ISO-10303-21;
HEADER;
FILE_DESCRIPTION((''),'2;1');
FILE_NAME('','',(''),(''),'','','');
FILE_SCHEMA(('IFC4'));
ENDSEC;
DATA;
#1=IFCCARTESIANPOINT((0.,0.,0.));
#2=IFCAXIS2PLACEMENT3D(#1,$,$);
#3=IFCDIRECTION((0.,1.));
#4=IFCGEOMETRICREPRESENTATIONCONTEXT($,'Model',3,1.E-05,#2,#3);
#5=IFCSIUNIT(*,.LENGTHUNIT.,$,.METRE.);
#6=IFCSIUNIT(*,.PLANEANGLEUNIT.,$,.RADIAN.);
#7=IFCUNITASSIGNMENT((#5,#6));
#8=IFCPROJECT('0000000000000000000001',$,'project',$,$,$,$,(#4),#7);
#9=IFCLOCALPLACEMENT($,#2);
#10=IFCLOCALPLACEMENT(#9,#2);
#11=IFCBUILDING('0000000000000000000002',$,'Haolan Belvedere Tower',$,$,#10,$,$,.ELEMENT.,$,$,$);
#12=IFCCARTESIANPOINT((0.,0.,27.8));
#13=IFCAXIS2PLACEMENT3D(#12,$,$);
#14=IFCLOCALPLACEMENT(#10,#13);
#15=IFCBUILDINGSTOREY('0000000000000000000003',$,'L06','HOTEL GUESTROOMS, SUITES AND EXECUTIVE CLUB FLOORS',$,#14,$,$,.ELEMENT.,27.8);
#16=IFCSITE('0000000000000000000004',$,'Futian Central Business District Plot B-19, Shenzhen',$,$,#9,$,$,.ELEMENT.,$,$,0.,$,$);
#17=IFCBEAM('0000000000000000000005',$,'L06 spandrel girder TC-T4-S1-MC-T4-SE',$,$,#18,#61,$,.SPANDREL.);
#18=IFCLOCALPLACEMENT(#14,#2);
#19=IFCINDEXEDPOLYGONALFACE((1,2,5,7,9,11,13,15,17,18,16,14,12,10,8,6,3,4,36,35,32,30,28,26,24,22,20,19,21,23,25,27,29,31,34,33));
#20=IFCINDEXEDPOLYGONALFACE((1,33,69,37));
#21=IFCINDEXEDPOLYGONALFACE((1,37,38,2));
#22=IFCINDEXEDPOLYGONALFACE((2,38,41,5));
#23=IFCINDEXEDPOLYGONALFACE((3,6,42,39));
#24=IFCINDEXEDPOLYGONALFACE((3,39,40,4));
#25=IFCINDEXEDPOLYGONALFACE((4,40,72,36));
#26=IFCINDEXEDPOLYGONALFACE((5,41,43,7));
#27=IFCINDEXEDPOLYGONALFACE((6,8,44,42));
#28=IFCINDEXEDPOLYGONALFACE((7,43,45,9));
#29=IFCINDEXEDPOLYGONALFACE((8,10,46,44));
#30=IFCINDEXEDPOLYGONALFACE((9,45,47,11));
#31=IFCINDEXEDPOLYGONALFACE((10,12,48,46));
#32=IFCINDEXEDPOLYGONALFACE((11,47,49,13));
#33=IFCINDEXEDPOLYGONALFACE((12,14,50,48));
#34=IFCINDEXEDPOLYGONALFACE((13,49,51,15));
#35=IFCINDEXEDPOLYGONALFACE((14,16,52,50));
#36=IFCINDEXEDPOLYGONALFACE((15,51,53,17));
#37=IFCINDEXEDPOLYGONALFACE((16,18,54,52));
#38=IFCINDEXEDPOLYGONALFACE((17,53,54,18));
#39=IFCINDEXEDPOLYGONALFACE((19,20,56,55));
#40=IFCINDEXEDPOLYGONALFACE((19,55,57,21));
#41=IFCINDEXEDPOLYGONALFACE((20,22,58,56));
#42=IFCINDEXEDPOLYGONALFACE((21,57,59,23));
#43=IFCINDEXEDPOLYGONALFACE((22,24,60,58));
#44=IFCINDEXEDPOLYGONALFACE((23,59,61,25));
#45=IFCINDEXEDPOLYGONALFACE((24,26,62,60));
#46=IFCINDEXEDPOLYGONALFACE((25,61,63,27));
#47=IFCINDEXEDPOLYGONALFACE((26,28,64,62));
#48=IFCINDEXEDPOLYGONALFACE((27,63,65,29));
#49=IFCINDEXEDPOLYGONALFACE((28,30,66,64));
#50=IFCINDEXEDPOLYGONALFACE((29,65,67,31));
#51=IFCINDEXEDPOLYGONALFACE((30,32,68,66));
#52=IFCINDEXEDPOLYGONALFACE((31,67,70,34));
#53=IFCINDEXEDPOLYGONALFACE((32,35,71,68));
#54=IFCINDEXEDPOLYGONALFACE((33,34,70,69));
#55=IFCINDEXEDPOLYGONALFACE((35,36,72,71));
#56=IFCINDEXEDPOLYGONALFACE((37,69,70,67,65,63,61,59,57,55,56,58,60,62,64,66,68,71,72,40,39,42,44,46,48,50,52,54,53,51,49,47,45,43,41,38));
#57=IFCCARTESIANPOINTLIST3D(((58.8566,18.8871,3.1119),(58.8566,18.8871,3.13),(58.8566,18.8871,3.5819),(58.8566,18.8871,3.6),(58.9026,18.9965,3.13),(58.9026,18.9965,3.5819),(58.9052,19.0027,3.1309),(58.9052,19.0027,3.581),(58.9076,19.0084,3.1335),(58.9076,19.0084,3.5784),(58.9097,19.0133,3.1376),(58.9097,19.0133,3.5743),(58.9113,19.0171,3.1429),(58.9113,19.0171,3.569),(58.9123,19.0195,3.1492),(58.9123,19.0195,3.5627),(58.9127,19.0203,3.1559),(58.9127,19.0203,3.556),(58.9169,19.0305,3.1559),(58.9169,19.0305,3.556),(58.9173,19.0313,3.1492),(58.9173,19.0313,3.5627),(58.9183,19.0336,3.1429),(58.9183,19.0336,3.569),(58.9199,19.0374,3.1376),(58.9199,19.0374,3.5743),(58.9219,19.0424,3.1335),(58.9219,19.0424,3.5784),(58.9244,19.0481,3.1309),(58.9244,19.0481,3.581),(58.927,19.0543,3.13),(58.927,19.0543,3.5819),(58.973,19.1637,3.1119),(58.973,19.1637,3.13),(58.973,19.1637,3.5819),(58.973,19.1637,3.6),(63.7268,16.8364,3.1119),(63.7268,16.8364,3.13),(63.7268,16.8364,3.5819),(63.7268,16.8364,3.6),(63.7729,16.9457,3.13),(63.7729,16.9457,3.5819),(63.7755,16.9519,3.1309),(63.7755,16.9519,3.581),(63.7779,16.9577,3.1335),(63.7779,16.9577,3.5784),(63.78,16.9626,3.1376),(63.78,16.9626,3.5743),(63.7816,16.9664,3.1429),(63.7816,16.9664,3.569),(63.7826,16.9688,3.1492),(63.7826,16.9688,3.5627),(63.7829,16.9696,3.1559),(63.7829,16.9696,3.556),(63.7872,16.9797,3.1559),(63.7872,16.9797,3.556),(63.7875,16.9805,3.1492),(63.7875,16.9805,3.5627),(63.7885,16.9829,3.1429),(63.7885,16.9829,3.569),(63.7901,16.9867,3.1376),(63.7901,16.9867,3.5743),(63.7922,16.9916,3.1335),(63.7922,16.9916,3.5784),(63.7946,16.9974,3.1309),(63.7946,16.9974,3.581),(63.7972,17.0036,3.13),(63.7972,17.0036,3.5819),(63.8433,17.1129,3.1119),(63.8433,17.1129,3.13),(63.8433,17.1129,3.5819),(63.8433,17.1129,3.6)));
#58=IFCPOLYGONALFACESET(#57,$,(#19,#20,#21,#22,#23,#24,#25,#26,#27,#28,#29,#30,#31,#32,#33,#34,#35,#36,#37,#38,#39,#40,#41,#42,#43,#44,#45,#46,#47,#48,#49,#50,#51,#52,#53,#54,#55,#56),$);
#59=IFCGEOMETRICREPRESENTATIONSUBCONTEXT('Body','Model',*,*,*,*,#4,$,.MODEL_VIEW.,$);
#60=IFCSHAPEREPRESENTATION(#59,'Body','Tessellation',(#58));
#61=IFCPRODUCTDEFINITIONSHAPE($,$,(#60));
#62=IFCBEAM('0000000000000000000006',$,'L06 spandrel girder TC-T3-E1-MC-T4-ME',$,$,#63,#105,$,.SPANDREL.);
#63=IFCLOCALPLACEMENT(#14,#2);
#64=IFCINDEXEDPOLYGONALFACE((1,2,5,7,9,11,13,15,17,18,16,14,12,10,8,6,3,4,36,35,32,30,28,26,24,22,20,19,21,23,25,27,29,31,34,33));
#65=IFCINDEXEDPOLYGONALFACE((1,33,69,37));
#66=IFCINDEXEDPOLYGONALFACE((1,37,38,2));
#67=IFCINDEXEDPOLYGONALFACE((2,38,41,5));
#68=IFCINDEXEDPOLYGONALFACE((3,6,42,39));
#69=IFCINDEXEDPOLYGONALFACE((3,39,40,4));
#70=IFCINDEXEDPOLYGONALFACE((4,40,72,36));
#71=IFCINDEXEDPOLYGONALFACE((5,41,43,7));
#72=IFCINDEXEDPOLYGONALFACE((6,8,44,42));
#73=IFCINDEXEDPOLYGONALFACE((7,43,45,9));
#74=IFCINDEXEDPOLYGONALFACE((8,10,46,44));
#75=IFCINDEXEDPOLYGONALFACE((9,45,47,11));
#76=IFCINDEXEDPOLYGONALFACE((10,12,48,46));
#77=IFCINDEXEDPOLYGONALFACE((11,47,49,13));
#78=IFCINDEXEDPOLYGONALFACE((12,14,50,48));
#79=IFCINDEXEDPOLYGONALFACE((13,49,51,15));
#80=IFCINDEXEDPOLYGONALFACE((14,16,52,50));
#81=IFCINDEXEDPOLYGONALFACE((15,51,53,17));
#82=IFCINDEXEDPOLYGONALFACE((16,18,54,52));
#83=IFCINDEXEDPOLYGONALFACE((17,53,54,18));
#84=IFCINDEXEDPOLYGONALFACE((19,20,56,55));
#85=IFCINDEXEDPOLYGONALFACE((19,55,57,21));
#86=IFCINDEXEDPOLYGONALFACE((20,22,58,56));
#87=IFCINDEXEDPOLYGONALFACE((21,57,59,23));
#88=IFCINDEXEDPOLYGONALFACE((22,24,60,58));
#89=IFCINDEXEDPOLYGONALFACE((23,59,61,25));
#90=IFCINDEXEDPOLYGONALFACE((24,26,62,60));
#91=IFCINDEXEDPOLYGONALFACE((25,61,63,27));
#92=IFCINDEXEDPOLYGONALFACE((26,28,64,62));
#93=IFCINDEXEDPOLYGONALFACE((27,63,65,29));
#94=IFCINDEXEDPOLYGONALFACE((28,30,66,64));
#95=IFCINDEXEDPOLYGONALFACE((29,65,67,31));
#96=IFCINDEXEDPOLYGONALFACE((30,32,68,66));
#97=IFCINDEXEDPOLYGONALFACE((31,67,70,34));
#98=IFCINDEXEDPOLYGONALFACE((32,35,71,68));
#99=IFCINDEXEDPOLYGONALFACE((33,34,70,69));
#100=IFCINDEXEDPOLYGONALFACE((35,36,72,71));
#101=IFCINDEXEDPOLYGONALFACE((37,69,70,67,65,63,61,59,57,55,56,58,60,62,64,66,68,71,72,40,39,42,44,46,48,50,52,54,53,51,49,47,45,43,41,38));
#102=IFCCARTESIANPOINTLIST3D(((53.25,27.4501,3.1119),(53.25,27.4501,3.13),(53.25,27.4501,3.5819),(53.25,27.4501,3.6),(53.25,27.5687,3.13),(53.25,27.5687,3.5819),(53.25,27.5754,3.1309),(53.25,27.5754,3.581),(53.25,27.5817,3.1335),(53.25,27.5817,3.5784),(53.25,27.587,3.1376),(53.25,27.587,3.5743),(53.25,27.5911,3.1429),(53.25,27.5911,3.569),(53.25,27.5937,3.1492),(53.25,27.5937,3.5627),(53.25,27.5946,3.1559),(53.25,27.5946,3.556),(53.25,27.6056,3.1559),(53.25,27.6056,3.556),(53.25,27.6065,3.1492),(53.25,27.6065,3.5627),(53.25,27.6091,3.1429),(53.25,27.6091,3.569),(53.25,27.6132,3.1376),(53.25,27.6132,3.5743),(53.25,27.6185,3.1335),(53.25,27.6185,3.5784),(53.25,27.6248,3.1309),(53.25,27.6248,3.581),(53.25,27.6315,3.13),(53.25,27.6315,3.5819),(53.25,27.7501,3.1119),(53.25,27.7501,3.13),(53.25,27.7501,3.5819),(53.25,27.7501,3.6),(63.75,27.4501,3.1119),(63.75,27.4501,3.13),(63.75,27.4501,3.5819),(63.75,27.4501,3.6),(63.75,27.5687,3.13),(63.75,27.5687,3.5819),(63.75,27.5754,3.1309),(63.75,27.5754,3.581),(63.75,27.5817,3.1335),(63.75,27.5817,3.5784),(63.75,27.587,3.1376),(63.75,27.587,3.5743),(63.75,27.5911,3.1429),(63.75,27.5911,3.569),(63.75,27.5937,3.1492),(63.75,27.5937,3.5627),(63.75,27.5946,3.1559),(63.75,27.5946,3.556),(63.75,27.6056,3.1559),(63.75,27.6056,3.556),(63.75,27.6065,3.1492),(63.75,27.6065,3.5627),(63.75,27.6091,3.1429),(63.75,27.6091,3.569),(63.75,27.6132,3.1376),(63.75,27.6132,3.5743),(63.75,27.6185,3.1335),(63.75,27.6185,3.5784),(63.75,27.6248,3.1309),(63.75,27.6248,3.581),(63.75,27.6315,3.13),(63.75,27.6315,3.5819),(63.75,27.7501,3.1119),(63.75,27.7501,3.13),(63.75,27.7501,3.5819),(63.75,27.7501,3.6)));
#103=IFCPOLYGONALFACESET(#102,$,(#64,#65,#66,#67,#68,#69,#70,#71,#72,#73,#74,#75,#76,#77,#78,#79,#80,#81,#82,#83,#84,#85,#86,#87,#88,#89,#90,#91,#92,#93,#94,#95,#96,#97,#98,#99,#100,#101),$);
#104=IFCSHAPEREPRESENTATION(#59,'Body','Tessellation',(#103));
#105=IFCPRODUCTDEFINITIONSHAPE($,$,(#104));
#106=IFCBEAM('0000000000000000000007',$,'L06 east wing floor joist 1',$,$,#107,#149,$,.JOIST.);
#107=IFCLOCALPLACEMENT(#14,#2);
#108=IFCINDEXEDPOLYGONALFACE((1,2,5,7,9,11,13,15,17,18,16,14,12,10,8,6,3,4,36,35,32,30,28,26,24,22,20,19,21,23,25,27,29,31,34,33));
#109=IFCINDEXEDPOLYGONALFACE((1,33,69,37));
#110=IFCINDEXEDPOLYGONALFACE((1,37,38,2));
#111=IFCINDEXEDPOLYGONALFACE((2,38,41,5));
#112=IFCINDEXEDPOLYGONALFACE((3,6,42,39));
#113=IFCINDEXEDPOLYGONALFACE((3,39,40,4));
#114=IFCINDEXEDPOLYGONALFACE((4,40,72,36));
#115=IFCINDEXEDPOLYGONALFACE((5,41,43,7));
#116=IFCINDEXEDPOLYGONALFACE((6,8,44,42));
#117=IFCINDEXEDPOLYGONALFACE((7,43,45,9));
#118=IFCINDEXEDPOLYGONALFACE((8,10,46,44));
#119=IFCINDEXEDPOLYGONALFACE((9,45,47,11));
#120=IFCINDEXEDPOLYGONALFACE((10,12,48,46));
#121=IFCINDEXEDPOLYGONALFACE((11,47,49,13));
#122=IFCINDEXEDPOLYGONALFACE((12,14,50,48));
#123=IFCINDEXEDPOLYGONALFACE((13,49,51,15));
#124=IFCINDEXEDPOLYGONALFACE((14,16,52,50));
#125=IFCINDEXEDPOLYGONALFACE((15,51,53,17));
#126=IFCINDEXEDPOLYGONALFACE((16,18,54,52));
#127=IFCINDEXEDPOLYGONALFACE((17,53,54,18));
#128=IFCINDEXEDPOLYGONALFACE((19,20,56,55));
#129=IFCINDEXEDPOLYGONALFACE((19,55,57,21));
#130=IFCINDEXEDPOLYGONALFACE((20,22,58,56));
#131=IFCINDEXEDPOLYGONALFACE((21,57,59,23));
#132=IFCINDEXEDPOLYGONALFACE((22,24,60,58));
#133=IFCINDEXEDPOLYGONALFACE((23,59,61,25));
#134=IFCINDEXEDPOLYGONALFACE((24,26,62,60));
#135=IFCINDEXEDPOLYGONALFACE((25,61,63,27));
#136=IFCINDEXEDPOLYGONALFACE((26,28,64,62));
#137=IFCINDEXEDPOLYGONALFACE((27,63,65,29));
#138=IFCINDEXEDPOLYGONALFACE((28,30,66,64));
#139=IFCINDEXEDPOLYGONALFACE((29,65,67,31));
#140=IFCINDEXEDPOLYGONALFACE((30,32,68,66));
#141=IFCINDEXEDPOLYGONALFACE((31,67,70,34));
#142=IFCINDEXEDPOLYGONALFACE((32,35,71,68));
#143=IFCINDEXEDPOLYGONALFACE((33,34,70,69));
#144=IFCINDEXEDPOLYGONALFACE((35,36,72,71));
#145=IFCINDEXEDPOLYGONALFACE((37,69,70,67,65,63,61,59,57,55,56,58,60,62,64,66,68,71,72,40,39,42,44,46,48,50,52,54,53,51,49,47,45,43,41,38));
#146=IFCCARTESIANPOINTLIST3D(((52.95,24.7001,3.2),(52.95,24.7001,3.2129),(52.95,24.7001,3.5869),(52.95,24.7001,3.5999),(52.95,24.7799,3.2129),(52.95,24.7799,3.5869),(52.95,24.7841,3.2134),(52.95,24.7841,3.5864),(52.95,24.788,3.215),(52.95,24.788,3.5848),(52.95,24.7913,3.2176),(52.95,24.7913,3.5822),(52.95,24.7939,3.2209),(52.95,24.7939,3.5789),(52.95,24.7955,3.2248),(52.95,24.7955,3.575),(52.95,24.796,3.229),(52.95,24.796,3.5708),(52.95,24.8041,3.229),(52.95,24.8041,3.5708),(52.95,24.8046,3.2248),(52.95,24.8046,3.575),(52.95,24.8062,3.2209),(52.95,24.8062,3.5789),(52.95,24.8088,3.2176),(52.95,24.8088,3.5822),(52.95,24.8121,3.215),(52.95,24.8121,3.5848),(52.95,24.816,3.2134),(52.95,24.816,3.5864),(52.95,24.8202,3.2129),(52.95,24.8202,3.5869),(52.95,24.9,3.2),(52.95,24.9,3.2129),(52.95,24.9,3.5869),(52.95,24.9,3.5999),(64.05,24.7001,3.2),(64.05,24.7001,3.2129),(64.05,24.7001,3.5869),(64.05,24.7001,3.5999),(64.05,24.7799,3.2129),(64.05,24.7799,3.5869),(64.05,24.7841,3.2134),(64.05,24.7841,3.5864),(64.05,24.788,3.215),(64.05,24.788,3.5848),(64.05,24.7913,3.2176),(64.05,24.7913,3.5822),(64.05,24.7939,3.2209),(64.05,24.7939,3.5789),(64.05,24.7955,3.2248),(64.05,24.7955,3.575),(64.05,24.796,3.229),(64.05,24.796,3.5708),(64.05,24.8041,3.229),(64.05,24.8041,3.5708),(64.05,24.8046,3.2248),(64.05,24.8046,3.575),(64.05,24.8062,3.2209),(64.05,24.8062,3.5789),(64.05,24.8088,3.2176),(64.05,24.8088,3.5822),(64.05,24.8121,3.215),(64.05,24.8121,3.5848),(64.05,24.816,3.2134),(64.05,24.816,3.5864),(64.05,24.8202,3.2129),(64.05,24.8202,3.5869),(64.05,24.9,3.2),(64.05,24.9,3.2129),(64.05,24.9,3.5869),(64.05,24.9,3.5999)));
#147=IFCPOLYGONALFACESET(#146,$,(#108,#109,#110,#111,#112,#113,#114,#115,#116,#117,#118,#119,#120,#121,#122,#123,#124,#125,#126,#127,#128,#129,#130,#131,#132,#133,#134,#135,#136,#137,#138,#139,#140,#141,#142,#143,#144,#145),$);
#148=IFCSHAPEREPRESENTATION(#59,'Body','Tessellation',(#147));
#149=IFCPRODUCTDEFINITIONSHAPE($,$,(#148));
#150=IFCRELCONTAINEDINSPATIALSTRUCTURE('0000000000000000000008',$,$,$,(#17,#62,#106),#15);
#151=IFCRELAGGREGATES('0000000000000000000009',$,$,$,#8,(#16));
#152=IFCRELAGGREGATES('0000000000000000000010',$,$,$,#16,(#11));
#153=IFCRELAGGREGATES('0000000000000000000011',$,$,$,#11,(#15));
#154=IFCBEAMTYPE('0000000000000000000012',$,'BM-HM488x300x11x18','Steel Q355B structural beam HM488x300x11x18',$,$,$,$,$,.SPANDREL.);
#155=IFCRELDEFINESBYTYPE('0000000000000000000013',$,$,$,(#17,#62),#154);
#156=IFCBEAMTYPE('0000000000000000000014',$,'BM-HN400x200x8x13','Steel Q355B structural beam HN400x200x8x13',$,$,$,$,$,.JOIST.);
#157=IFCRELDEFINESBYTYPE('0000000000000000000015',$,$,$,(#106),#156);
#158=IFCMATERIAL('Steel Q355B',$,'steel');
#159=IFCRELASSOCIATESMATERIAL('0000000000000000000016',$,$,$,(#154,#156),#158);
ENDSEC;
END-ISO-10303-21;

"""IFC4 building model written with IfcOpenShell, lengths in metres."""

from ifc_helpers import new_model, si_unit, direction, frame, origin, origin_2d, place, context, subcontext, project, spatial, i_section, extrude, material, material_profile, profile_set, type_object, element, save


model = new_model("IFC4")

# Units and contexts
model_context = context("Model", 3, precision=1e-05, world=origin(), true_north=direction((0.0, 1.0)))
body_context = subcontext(model_context, "Body", "Model", "MODEL_VIEW")
ifc_project = project(units=[si_unit("LENGTHUNIT", "METRE"), si_unit("PLANEANGLEUNIT", "RADIAN")], contexts=[model_context])

# Site, building, storey
site_placement = place(None, origin())
site = spatial("IfcSite", under=ifc_project, at=site_placement, Name="Futian Central Business District Plot B-19, Shenzhen", CompositionType="ELEMENT", RefElevation=0.0)
building_placement = place(site_placement, origin())
building = spatial("IfcBuilding", under=site, at=building_placement, Name="Haolan Belvedere Tower", CompositionType="ELEMENT")
storey_placement = place(building_placement, frame((0.0, 0.0, 27.8)))
storey = spatial("IfcBuildingStorey", under=building, at=storey_placement, Name="L06", Description="HOTEL GUESTROOMS, SUITES AND EXECUTIVE CLUB FLOORS", CompositionType="ELEMENT", Elevation=27.8)

# Shared definitions
ifc_material_1 = material(Name="Steel Q355B", Category="steel")

# Beams
ifc_material_profile_1 = material_profile(ifc_material_1, i_section(OverallWidth=0.3, OverallDepth=0.488, WebThickness=0.011, FlangeThickness=0.0181, FilletRadius=0.0259, at=origin_2d()), Name="Steel Q355B")
ifc_profile_set_1 = profile_set([ifc_material_profile_1], Name="Steel Q355B")
beam_type_1 = type_object("IfcBeamType", Name="BM-HM488x300x11x18", Description="Steel Q355B structural beam HM488x300x11x18", PredefinedType="SPANDREL", material=ifc_profile_set_1)
for number, where, z_axis, x_axis, name in (
    (1, (58.9148, 19.0254, 3.356), (0.921628, -0.388074, 0.0), (0.388074, 0.921628, 0.0), "L06 spandrel girder TC-T4-S1-MC-T4-SE"),
):
    element("IfcBeam", number, at=place(storey_placement, frame(where, z_axis=z_axis, x_axis=x_axis)), inside=storey, type_object=beam_type_1, Name=name, PredefinedType="SPANDREL", context=body_context, shape_type="SweptSolid", body=[
        extrude(i_section(OverallWidth=0.3, OverallDepth=0.488, WebThickness=0.011, FlangeThickness=0.0181, FilletRadius=0.0259, at=origin_2d()), origin(), (0.0, 0.0, 1.0), 5.2844),
    ])
beam_1_placement = place(storey_placement, frame((53.25, 27.6001, 3.356), z_axis=(1.0, 0.0, 0.0), x_axis=(0.0, 1.0, 0.0)))
element("IfcBeam", 2, at=beam_1_placement, inside=storey, type_object=beam_type_1, Name="L06 spandrel girder TC-T3-E1-MC-T4-ME", PredefinedType="SPANDREL", context=body_context, shape_type="SweptSolid", body=[
    extrude(i_section(OverallWidth=0.3, OverallDepth=0.488, WebThickness=0.011, FlangeThickness=0.0181, FilletRadius=0.0259, at=origin_2d()), origin(), (0.0, 0.0, 1.0), 10.5),
])
ifc_material_profile_2 = material_profile(ifc_material_1, i_section(OverallWidth=0.2, OverallDepth=0.3999, WebThickness=0.0081, FlangeThickness=0.0129, FilletRadius=0.0161, at=origin_2d()), Name="Steel Q355B")
ifc_profile_set_2 = profile_set([ifc_material_profile_2], Name="Steel Q355B")
beam_type_2 = type_object("IfcBeamType", Name="BM-HN400x200x8x13", Description="Steel Q355B structural beam HN400x200x8x13", PredefinedType="JOIST", material=ifc_profile_set_2)
beam_2_placement = place(storey_placement, frame((52.95, 24.8, 3.3999), z_axis=(1.0, 0.0, 0.0), x_axis=(0.0, 1.0, 0.0)))
element("IfcBeam", 3, at=beam_2_placement, inside=storey, type_object=beam_type_2, Name="L06 east wing floor joist 1", PredefinedType="JOIST", context=body_context, shape_type="SweptSolid", body=[
    extrude(i_section(OverallWidth=0.2, OverallDepth=0.3999, WebThickness=0.0081, FlangeThickness=0.0129, FilletRadius=0.0161, at=origin_2d()), origin(), (0.0, 0.0, 1.0), 11.1001),
])

save(model, "model.ifc")
